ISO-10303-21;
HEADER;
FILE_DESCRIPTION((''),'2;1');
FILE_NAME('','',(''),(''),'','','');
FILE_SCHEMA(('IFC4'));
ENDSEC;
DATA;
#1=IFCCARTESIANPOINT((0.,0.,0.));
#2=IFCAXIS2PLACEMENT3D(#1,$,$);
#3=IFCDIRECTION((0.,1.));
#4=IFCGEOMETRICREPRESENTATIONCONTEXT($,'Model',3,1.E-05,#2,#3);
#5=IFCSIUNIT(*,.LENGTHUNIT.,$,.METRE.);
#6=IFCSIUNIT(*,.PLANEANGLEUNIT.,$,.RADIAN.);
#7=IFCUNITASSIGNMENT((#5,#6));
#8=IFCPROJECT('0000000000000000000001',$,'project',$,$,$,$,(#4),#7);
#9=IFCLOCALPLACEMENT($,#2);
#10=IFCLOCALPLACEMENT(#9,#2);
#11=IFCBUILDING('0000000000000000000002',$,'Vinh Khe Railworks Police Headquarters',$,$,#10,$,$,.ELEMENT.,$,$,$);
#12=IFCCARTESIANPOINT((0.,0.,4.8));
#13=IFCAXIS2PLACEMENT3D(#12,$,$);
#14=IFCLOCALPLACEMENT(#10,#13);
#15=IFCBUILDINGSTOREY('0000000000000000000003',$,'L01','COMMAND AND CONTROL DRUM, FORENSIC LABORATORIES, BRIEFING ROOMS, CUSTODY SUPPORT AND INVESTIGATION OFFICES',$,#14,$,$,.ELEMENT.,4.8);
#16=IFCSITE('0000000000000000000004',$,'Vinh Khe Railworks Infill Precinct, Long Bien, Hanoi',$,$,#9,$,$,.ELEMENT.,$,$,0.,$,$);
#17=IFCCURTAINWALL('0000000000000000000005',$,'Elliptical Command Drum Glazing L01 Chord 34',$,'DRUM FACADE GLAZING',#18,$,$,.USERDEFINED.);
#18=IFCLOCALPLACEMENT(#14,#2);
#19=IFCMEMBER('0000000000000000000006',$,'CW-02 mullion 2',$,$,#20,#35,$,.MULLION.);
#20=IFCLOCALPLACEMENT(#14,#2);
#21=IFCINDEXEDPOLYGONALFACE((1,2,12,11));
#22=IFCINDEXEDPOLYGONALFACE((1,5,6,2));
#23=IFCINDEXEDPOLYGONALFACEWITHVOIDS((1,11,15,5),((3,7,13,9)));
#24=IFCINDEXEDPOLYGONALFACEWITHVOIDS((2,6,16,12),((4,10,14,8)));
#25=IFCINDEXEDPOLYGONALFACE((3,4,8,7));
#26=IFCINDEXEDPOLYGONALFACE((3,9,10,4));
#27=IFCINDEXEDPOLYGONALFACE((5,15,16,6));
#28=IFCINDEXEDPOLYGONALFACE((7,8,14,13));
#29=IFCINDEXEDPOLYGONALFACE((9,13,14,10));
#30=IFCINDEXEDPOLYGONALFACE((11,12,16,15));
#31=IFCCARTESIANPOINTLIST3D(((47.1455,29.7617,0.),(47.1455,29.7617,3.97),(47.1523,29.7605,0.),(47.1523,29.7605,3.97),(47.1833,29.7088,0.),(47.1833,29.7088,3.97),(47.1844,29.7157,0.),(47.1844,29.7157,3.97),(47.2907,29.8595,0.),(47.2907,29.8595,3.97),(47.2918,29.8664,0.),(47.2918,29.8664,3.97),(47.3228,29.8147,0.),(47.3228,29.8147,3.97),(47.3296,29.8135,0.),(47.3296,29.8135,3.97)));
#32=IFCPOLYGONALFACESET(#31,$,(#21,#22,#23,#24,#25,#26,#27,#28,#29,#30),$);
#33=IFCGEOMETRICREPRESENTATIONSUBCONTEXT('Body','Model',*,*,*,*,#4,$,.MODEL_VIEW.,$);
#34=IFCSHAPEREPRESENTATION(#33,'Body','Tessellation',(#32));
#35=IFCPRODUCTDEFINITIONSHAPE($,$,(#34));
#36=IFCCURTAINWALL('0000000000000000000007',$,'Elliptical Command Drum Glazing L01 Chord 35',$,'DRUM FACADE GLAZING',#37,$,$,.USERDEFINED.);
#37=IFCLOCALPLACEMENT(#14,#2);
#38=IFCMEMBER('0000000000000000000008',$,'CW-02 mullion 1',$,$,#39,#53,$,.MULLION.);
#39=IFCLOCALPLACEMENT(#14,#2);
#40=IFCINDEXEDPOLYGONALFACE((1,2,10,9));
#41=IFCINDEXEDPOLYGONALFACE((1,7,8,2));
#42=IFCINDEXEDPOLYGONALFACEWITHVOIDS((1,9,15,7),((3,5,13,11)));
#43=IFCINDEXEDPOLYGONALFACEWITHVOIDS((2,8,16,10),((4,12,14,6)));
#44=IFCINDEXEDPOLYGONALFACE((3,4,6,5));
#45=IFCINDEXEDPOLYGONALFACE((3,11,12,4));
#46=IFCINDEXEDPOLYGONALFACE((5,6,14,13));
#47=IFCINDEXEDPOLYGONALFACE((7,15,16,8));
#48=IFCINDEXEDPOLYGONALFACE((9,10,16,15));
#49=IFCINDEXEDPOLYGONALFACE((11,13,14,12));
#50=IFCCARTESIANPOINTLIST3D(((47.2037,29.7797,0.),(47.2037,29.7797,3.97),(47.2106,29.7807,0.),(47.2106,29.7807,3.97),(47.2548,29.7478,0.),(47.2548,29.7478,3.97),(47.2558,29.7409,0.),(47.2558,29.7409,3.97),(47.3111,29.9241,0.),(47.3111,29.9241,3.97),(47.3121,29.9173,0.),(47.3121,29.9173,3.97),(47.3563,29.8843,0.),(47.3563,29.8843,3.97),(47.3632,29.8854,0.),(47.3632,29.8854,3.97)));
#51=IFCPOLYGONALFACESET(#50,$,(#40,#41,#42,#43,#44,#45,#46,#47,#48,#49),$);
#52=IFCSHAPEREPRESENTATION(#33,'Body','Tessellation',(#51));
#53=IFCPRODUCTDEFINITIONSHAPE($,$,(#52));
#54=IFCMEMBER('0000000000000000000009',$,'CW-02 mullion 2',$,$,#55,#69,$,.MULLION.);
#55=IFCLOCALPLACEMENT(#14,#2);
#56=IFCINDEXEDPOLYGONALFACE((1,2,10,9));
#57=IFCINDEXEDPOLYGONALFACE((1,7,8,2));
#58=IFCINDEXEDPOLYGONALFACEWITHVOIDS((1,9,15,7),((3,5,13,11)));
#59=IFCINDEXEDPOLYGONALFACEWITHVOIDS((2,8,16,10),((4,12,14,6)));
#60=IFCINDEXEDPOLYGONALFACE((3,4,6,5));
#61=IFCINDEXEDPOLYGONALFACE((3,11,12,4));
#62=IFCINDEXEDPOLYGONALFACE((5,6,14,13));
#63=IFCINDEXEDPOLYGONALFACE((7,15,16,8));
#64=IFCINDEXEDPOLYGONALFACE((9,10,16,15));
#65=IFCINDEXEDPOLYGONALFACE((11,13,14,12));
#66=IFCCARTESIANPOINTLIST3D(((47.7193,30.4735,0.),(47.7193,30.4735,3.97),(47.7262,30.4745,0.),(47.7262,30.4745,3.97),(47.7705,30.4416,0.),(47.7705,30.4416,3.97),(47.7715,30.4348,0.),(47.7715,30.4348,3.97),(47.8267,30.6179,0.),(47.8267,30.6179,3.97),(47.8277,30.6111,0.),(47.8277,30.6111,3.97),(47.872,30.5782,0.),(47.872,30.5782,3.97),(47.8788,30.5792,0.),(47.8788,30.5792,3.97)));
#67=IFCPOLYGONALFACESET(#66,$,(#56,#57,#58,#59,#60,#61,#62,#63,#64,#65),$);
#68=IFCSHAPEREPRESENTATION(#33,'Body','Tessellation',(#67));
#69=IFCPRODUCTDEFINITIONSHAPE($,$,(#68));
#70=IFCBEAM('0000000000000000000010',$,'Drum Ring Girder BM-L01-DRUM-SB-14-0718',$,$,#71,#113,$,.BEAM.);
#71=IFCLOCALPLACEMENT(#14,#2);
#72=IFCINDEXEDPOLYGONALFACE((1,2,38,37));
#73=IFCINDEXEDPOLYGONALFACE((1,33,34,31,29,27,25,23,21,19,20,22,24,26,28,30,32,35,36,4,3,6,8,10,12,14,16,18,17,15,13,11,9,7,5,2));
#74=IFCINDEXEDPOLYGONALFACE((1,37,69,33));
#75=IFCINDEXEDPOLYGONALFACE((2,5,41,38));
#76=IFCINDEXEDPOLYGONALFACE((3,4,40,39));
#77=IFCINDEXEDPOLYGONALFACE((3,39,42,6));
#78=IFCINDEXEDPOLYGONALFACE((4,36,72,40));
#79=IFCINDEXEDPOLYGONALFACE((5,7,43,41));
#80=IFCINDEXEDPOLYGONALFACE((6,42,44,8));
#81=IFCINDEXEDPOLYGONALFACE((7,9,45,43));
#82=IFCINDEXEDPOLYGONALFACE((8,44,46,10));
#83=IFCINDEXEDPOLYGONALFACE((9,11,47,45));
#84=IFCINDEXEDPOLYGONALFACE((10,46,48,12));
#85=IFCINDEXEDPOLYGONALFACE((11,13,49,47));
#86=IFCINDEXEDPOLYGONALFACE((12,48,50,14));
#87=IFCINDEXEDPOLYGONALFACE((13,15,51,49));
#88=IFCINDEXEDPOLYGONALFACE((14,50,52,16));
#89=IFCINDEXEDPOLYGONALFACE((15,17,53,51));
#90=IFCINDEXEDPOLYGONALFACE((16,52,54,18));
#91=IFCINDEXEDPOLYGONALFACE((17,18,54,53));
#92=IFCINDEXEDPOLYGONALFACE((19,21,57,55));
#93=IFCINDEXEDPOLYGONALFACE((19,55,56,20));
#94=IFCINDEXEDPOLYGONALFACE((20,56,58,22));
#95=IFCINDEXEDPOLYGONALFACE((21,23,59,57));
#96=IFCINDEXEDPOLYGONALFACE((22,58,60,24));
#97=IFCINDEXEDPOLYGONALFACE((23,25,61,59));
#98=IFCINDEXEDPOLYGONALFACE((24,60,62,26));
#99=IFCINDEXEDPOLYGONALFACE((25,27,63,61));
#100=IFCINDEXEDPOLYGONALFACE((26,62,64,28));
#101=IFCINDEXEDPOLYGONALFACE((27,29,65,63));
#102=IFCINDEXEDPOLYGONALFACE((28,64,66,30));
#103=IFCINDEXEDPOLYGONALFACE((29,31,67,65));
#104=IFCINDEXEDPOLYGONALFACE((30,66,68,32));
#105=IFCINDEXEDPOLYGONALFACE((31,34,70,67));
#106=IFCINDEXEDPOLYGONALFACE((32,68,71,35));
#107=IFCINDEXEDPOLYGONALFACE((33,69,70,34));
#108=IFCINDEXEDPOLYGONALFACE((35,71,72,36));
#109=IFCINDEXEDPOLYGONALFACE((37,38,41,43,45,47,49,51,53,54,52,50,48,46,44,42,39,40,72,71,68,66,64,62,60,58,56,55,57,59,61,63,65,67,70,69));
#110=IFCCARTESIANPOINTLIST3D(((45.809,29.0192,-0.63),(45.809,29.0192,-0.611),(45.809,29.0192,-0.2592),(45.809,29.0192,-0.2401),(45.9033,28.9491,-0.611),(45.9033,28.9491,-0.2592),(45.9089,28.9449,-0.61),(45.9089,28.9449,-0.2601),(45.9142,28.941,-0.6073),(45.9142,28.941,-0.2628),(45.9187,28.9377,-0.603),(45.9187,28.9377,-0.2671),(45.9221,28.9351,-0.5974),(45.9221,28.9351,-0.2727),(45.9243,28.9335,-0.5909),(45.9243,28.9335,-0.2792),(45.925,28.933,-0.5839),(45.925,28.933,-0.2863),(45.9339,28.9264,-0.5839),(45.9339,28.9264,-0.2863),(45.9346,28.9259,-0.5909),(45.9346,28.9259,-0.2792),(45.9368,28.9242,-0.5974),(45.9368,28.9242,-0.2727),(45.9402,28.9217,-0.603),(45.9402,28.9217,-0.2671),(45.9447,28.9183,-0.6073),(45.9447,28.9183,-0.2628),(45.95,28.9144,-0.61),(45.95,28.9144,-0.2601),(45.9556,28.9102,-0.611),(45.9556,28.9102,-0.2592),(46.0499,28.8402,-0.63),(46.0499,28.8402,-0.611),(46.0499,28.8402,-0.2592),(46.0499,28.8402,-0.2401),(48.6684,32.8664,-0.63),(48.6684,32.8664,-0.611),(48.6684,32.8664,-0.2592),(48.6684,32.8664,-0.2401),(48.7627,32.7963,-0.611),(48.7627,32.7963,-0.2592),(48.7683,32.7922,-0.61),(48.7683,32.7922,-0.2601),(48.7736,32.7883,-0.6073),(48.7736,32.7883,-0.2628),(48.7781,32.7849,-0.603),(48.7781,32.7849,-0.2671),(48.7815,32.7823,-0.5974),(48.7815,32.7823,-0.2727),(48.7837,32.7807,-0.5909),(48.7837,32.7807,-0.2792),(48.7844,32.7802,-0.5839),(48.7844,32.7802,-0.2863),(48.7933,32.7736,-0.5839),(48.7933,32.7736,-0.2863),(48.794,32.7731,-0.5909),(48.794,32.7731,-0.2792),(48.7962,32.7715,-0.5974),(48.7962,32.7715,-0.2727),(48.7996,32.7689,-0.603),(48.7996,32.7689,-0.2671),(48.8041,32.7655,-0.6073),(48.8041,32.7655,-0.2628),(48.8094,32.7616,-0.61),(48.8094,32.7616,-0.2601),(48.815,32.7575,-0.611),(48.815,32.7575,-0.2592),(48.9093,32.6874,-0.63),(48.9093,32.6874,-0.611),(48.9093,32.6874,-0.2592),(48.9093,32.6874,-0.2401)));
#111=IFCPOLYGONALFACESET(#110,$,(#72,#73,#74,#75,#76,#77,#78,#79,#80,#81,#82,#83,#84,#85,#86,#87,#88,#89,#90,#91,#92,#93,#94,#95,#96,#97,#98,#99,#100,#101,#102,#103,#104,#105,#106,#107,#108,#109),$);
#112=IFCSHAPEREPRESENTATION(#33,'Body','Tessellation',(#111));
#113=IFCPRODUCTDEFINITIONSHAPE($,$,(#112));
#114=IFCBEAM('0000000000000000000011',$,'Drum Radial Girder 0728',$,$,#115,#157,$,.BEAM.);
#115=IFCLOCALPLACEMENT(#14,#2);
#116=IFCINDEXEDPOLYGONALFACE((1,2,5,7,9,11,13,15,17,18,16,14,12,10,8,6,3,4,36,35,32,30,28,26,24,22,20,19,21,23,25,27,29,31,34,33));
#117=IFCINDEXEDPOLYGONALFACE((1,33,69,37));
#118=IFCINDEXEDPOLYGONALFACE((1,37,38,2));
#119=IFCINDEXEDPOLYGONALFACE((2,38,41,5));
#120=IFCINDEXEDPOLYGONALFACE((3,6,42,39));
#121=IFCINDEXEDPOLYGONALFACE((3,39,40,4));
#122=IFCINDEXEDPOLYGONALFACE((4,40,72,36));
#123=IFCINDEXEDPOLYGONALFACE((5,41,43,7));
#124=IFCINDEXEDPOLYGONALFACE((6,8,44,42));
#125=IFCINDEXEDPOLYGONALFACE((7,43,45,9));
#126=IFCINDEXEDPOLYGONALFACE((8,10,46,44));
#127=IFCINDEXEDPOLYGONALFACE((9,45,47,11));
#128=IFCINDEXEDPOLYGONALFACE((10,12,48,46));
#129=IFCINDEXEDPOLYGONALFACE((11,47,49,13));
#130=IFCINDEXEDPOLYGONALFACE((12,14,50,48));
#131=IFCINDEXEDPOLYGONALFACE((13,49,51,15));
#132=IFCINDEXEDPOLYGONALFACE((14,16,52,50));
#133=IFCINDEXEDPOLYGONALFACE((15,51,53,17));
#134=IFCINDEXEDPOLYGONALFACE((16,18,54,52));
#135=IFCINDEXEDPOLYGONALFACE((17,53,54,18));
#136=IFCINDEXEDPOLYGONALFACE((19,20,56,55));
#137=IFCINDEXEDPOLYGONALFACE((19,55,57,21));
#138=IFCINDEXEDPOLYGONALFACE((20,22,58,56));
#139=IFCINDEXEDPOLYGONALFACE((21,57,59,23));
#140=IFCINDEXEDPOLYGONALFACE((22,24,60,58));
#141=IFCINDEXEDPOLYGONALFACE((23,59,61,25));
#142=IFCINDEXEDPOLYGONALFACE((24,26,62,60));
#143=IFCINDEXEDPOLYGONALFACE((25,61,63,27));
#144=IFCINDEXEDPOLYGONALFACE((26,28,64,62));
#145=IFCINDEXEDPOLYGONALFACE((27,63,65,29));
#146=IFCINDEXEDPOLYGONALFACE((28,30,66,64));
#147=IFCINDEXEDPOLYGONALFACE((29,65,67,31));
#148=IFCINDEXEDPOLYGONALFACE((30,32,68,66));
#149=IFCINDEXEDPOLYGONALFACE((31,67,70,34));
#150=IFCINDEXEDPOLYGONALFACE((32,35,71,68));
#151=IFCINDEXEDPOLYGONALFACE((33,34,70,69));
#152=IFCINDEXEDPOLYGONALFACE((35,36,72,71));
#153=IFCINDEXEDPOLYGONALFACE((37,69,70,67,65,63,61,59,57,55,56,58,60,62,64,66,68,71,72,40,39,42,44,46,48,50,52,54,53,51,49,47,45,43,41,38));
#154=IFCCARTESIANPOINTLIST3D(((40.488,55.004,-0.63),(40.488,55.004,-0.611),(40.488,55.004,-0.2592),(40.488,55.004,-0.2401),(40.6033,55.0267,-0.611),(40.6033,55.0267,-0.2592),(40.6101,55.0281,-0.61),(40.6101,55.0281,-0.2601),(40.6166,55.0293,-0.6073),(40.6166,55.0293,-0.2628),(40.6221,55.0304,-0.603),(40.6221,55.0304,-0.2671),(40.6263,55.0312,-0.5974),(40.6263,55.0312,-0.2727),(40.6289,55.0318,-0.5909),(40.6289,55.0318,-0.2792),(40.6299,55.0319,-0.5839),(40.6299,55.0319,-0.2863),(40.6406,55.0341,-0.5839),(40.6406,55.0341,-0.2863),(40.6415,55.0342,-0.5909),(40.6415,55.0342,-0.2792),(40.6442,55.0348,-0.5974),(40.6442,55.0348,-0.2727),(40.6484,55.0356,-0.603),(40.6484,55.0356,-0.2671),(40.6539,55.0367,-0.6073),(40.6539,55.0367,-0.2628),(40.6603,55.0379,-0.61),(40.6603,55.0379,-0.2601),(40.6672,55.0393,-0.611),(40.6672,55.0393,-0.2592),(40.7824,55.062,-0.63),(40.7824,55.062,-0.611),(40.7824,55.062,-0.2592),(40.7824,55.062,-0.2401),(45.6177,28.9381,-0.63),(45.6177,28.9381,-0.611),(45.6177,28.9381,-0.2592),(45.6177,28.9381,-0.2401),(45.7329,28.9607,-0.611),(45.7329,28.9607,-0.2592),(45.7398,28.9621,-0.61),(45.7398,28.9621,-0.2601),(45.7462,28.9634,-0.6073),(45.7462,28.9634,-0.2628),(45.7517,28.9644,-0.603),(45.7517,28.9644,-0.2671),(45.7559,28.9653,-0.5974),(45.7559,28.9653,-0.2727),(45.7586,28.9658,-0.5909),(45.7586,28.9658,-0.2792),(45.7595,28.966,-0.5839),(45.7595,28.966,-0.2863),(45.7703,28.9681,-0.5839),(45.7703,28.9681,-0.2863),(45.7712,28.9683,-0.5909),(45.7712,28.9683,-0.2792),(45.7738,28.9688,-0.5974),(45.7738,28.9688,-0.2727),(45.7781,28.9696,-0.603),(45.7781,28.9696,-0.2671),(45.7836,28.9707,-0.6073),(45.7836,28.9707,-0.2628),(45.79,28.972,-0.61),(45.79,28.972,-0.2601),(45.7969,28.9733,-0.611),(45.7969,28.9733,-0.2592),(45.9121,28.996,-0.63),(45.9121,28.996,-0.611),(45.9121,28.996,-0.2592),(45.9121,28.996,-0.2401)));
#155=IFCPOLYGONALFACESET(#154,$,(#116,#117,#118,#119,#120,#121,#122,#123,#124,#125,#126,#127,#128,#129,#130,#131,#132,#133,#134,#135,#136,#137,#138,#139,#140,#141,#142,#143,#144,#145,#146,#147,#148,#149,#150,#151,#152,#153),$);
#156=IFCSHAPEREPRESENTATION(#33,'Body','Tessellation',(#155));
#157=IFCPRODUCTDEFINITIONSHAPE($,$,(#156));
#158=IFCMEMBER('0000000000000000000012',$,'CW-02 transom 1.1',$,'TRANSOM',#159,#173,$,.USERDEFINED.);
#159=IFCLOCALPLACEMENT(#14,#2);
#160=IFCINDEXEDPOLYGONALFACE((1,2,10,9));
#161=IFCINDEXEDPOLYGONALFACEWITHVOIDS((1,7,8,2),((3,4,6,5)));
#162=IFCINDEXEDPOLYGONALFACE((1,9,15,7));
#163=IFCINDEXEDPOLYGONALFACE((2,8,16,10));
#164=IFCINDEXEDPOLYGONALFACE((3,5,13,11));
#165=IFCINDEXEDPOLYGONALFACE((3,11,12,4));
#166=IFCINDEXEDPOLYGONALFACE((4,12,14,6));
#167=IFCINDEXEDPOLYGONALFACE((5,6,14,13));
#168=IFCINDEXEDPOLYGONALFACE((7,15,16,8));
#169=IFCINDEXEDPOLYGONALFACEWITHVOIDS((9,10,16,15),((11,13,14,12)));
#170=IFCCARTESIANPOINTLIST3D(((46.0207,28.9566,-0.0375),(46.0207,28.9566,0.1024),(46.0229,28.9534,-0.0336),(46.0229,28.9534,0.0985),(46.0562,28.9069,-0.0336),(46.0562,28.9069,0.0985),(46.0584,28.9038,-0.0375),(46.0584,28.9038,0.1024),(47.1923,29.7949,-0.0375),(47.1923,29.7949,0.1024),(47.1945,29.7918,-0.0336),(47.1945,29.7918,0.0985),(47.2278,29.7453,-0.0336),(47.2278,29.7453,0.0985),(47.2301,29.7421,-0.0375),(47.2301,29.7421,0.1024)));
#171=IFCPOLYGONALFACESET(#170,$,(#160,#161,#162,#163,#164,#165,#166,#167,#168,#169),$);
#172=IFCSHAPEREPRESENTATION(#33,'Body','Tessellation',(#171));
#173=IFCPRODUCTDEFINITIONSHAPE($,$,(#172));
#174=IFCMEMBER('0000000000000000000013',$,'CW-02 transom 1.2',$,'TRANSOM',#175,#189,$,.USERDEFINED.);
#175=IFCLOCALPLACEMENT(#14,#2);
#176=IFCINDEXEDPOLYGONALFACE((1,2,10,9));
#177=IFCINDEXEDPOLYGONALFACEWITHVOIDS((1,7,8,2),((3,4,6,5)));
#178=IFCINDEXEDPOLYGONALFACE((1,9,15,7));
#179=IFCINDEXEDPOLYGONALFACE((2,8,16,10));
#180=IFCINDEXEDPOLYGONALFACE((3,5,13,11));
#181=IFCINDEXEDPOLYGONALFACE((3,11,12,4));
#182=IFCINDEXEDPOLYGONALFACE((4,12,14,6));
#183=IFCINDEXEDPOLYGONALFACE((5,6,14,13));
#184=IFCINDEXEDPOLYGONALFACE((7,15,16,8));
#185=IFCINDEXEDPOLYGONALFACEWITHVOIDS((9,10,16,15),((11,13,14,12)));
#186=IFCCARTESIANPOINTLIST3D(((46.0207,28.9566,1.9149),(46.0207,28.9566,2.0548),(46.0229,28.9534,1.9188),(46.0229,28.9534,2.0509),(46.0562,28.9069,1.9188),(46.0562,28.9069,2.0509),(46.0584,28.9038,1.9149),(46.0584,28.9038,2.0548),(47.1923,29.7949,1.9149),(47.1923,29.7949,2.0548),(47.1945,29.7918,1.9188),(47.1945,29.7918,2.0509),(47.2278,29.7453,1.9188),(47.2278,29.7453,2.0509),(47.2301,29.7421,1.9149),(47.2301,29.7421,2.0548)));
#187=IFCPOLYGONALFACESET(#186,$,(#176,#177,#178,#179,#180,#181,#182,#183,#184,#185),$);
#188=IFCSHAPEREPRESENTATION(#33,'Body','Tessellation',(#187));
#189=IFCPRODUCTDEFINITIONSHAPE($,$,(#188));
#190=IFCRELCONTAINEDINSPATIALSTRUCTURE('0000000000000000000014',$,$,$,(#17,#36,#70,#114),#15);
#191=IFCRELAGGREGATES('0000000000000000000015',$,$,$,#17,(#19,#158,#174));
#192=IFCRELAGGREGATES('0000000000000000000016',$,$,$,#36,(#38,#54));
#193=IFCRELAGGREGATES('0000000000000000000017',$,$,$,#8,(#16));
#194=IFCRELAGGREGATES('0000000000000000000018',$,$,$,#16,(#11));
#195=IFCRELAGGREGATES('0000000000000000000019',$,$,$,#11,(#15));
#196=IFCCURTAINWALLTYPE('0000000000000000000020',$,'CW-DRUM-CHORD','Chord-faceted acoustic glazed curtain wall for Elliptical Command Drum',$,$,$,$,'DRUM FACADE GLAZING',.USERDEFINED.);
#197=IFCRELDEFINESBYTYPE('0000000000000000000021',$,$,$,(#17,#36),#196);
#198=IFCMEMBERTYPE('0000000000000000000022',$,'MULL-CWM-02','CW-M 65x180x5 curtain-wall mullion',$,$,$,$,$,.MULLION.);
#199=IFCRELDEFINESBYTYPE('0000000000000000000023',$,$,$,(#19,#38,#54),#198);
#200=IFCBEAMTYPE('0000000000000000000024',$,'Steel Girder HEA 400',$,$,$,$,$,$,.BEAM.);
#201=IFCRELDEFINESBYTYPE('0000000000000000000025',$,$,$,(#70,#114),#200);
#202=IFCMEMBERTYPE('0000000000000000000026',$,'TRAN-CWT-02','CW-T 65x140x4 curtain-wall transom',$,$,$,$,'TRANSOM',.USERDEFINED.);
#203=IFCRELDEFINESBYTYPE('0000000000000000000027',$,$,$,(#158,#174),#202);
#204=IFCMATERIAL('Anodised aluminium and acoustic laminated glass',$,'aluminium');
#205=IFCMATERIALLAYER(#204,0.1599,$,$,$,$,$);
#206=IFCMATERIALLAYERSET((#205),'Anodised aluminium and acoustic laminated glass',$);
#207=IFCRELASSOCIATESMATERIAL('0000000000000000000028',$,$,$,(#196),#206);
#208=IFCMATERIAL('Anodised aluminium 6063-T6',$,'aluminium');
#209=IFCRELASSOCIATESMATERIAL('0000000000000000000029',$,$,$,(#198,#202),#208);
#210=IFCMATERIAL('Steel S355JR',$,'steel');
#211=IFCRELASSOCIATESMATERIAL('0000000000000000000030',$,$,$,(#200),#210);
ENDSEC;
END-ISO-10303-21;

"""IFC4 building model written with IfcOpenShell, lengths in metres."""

from ifc_helpers import new_model, si_unit, direction, frame, origin, origin_2d, place, context, subcontext, project, spatial, hollow_rectangle, i_section, extrude, material, layer, layer_set, material_profile, profile_set, type_object, element, aggregate, save


model = new_model("IFC4")

# Units and contexts
model_context = context("Model", 3, precision=1e-05, world=origin(), true_north=direction((0.0, 1.0)))
body_context = subcontext(model_context, "Body", "Model", "MODEL_VIEW")
ifc_project = project(units=[si_unit("LENGTHUNIT", "METRE"), si_unit("PLANEANGLEUNIT", "RADIAN")], contexts=[model_context])

# Site, building, storey
site_placement = place(None, origin())
site = spatial("IfcSite", under=ifc_project, at=site_placement, Name="Vinh Khe Railworks Infill Precinct, Long Bien, Hanoi", CompositionType="ELEMENT", RefElevation=0.0)
building_placement = place(site_placement, origin())
building = spatial("IfcBuilding", under=site, at=building_placement, Name="Vinh Khe Railworks Police Headquarters", CompositionType="ELEMENT")
storey_placement = place(building_placement, frame((0.0, 0.0, 4.8)))
storey = spatial("IfcBuildingStorey", under=building, at=storey_placement, Name="L01", Description="COMMAND AND CONTROL DRUM, FORENSIC LABORATORIES, BRIEFING ROOMS, CUSTODY SUPPORT AND INVESTIGATION OFFICES", CompositionType="ELEMENT", Elevation=4.8)

# Curtain wall, member
ifc_material_1 = material(Name="Anodised aluminium and acoustic laminated glass", Category="aluminium")
ifc_layer_1 = layer(ifc_material_1, 0.1599)
ifc_layer_set_1 = layer_set([ifc_layer_1], Name="Anodised aluminium and acoustic laminated glass")
curtain_wall_type = type_object("IfcCurtainWallType", Name="CW-DRUM-CHORD", Description="Chord-faceted acoustic glazed curtain wall for Elliptical Command Drum", ElementType="DRUM FACADE GLAZING", PredefinedType="USERDEFINED", material=ifc_layer_set_1)
curtain_wall_1_placement = place(storey_placement, origin())
curtain_wall_1 = element("IfcCurtainWall", 1, at=curtain_wall_1_placement, inside=storey, type_object=curtain_wall_type, Name="Elliptical Command Drum Glazing L01 Chord 34", ObjectType="DRUM FACADE GLAZING", PredefinedType="USERDEFINED")
ifc_material_2 = material(Name="Anodised aluminium 6063-T6", Category="aluminium")
ifc_material_profile_1 = material_profile(ifc_material_2, hollow_rectangle(XDim=0.0649, YDim=0.1799, WallThickness=0.0049, at=origin_2d()), Name="CW-M 65x180x5")
ifc_profile_set_1 = profile_set([ifc_material_profile_1], Name="Anodised aluminium 6063-T6")
member_type_1 = type_object("IfcMemberType", Name="MULL-CWM-02", Description="CW-M 65x180x5 curtain-wall mullion", PredefinedType="MULLION", material=ifc_profile_set_1)
member_1_placement = place(storey_placement, frame((47.2375, 29.7876, 0.0), z_axis=(0.0, 0.0, 1.0), x_axis=(-0.581917, 0.813248, 0.0)))
member_1 = element("IfcMember", 2, at=member_1_placement, type_object=member_type_1, Name="CW-02 mullion 2", PredefinedType="MULLION", context=body_context, shape_type="SweptSolid", body=[
    extrude(hollow_rectangle(XDim=0.0649, YDim=0.1799, WallThickness=0.0049, at=origin_2d()), origin(), (0.0, 0.0, 1.0), 3.97),
])

# Curtain wall, members
curtain_wall_2_placement = place(storey_placement, origin())
curtain_wall_2 = element("IfcCurtainWall", 3, at=curtain_wall_2_placement, inside=storey, type_object=curtain_wall_type, Name="Elliptical Command Drum Glazing L01 Chord 35", ObjectType="DRUM FACADE GLAZING", PredefinedType="USERDEFINED")
member_2_placement = place(storey_placement, frame((47.2834, 29.8325, 0.0), z_axis=(0.0, 0.0, 1.0), x_axis=(-0.802592, 0.596528, 0.0)))
member_2 = element("IfcMember", 4, at=member_2_placement, type_object=member_type_1, Name="CW-02 mullion 1", PredefinedType="MULLION", context=body_context, shape_type="SweptSolid", body=[
    extrude(hollow_rectangle(XDim=0.0649, YDim=0.1799, WallThickness=0.0049, at=origin_2d()), origin(), (0.0, 0.0, 1.0), 3.97),
])
member_3_placement = place(storey_placement, frame((47.7991, 30.5264, 0.0), z_axis=(0.0, 0.0, 1.0), x_axis=(-0.802592, 0.596528, 0.0)))
member_3 = element("IfcMember", 5, at=member_3_placement, type_object=member_type_1, Name="CW-02 mullion 2", PredefinedType="MULLION", context=body_context, shape_type="SweptSolid", body=[
    extrude(hollow_rectangle(XDim=0.0649, YDim=0.1799, WallThickness=0.0049, at=origin_2d()), origin(), (0.0, 0.0, 1.0), 3.97),
])

# Beams
ifc_material_3 = material(Name="Steel S355JR", Category="steel")
ifc_material_profile_2 = material_profile(ifc_material_3, i_section(OverallWidth=0.3, OverallDepth=0.3899, WebThickness=0.011, FlangeThickness=0.019, FilletRadius=0.0271, at=origin_2d()), Name="HEA 400")
ifc_profile_set_2 = profile_set([ifc_material_profile_2], Name="Steel S355JR")
beam_type = type_object("IfcBeamType", Name="Steel Girder HEA 400", PredefinedType="BEAM", material=ifc_profile_set_2)
beam_1_placement = place(storey_placement, frame((45.9294, 28.9297, -0.4351), z_axis=(0.596523, 0.802596, 0.0), x_axis=(-0.802596, 0.596523, 0.0)))
element("IfcBeam", 6, at=beam_1_placement, inside=storey, type_object=beam_type, Name="Drum Ring Girder BM-L01-DRUM-SB-14-0718", PredefinedType="BEAM", context=body_context, shape_type="SweptSolid", body=[
    extrude(i_section(OverallWidth=0.3, OverallDepth=0.3899, WebThickness=0.011, FlangeThickness=0.019, FilletRadius=0.0271, at=origin_2d()), origin(), (0.0, 0.0, 1.0), 4.7935),
])
beam_2_placement = place(storey_placement, frame((45.7649, 28.967, -0.4351), z_axis=(-0.193091, 0.981181, 0.0), x_axis=(-0.981181, -0.193091, 0.0)))
element("IfcBeam", 7, at=beam_2_placement, inside=storey, type_object=beam_type, Name="Drum Radial Girder 0728", PredefinedType="BEAM", context=body_context, shape_type="SweptSolid", body=[
    extrude(i_section(OverallWidth=0.3, OverallDepth=0.3899, WebThickness=0.011, FlangeThickness=0.019, FilletRadius=0.0271, at=origin_2d()), origin(), (0.0, 0.0, 1.0), 26.5659),
])

# Members
ifc_material_profile_3 = material_profile(ifc_material_2, hollow_rectangle(XDim=0.0649, YDim=0.1399, WallThickness=0.0039, at=origin_2d()), Name="CW-T 65x140x4")
ifc_profile_set_3 = profile_set([ifc_material_profile_3], Name="Anodised aluminium 6063-T6")
member_type_2 = type_object("IfcMemberType", Name="TRAN-CWT-02", Description="CW-T 65x140x4 curtain-wall transom", ElementType="TRANSOM", PredefinedType="USERDEFINED", material=ifc_profile_set_3)
member_4_placement = place(storey_placement, frame((46.0396, 28.9302, 0.0325), z_axis=(0.813241, 0.581927, 0.0), x_axis=(-0.581927, 0.813241, 0.0)))
member_4 = element("IfcMember", 8, at=member_4_placement, type_object=member_type_2, Name="CW-02 transom 1.1", ObjectType="TRANSOM", PredefinedType="USERDEFINED", context=body_context, shape_type="SweptSolid", body=[
    extrude(hollow_rectangle(XDim=0.0649, YDim=0.1399, WallThickness=0.0039, at=origin_2d()), origin(), (0.0, 0.0, 1.0), 1.4407),
])
member_5_placement = place(storey_placement, frame((46.0396, 28.9302, 1.9849), z_axis=(0.813241, 0.581927, 0.0), x_axis=(-0.581927, 0.813241, 0.0)))
member_5 = element("IfcMember", 9, at=member_5_placement, type_object=member_type_2, Name="CW-02 transom 1.2", ObjectType="TRANSOM", PredefinedType="USERDEFINED", context=body_context, shape_type="SweptSolid", body=[
    extrude(hollow_rectangle(XDim=0.0649, YDim=0.1399, WallThickness=0.0039, at=origin_2d()), origin(), (0.0, 0.0, 1.0), 1.4407),
])

aggregate(curtain_wall_1, [member_1, member_4, member_5])
aggregate(curtain_wall_2, [member_2, member_3])

save(model, "model.ifc")
